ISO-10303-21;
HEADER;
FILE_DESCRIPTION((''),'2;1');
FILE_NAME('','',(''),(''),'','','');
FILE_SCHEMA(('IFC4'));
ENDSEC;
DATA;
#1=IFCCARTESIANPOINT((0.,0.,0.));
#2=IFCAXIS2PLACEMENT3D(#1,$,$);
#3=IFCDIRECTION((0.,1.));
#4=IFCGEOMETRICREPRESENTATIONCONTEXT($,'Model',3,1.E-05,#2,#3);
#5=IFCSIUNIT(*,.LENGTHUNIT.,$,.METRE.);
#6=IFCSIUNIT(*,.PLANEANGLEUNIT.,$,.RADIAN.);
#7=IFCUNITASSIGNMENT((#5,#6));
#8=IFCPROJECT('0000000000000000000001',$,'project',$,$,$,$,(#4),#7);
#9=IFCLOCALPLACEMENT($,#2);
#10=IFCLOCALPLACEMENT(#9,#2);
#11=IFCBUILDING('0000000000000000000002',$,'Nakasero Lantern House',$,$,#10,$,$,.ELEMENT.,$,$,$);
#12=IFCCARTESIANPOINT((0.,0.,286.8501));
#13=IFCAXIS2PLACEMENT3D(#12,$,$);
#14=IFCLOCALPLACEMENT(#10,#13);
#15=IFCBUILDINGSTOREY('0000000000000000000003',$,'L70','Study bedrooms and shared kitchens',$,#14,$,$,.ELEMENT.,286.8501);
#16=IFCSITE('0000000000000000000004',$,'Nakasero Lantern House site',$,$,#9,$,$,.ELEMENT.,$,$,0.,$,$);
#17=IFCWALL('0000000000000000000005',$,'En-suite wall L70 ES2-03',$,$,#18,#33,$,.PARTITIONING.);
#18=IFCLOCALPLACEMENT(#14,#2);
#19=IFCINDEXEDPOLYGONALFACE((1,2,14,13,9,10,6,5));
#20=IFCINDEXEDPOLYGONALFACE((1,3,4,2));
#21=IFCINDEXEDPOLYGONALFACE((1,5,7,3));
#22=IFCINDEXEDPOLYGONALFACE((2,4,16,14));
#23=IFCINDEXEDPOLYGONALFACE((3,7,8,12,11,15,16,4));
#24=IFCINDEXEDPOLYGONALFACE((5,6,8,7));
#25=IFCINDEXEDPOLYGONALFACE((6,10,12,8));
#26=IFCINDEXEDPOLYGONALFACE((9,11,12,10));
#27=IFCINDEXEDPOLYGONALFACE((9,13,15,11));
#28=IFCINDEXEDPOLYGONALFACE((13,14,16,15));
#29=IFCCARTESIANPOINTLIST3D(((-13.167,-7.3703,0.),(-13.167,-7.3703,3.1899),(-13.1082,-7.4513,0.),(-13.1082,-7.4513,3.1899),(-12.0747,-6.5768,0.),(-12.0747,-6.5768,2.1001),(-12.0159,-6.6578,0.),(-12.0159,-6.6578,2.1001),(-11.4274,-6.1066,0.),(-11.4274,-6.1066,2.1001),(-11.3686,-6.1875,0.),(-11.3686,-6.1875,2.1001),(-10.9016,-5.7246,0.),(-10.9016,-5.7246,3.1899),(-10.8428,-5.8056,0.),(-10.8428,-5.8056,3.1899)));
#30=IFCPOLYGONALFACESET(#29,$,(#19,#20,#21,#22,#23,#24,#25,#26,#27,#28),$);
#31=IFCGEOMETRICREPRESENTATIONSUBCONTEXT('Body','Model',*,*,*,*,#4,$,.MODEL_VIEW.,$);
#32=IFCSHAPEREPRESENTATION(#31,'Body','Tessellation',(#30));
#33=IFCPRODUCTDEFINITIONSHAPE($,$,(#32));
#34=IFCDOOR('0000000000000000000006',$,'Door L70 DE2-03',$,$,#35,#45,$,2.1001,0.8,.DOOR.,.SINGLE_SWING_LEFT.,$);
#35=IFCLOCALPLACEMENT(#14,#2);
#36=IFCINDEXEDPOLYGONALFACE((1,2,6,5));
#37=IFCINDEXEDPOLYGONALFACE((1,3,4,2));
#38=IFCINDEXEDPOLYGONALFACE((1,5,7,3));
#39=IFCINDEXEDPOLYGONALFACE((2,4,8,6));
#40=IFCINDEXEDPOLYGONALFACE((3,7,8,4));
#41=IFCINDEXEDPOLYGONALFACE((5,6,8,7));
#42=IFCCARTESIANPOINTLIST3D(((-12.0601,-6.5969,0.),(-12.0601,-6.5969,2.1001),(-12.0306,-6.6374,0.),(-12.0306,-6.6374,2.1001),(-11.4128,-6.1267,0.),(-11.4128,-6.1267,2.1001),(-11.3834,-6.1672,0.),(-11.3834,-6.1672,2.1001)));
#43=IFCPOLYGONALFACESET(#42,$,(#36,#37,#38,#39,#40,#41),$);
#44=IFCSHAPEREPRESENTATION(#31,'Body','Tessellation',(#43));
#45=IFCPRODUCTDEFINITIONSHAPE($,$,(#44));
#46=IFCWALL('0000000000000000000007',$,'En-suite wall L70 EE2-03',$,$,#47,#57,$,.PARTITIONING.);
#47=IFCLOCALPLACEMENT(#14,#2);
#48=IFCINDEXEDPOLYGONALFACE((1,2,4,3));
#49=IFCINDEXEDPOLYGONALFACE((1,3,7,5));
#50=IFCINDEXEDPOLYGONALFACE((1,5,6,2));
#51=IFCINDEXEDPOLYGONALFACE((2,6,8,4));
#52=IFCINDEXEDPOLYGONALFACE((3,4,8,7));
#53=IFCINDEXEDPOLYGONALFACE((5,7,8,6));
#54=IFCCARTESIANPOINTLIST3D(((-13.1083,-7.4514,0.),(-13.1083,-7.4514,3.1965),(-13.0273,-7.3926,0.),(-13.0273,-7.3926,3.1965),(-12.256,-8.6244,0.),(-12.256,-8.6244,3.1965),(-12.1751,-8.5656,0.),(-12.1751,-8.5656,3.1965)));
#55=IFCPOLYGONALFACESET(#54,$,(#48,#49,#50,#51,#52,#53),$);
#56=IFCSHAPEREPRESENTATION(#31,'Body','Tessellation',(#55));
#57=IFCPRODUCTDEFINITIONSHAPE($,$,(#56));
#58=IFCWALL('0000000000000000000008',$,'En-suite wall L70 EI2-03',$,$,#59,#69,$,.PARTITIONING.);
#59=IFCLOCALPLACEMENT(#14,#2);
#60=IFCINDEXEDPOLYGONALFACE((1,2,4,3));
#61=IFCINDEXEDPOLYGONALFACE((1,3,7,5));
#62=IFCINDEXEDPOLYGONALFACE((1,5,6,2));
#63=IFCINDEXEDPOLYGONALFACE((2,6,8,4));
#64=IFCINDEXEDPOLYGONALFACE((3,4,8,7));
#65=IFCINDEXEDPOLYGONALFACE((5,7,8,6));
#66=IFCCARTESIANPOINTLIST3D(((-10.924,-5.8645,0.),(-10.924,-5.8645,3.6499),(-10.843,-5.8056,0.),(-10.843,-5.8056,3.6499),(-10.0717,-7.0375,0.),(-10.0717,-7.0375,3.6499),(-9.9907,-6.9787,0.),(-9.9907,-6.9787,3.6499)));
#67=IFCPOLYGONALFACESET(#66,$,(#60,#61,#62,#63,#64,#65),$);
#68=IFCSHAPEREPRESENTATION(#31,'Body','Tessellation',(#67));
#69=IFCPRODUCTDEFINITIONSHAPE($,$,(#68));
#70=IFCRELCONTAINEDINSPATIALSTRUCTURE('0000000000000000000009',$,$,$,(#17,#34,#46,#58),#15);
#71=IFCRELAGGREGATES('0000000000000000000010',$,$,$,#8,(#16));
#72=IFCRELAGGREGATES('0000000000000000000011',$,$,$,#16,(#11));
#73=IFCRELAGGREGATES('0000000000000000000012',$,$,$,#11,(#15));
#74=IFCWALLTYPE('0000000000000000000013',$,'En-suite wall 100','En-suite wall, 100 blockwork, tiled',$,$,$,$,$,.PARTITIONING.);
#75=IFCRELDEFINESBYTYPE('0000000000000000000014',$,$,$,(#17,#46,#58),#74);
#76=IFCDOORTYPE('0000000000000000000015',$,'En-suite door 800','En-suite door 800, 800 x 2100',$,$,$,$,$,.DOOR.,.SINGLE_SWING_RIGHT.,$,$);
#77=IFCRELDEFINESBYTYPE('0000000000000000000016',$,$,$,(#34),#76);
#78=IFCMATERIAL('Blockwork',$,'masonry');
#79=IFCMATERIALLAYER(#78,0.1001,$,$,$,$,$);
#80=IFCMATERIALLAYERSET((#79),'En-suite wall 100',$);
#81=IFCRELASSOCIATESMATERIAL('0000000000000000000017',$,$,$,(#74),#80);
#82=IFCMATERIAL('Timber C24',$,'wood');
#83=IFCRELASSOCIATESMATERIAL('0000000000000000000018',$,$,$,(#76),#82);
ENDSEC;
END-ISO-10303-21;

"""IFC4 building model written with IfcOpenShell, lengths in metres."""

from ifc_helpers import new_model, si_unit, direction, frame, frame_2d, origin, place, context, subcontext, project, spatial, rectangle, extrude, material, layer, layer_set, type_object, element, fill, save


model = new_model("IFC4")

# Units and contexts
model_context = context("Model", 3, precision=1e-05, world=origin(), true_north=direction((0.0, 1.0)))
body_context = subcontext(model_context, "Body", "Model", "MODEL_VIEW")
ifc_project = project(units=[si_unit("LENGTHUNIT", "METRE"), si_unit("PLANEANGLEUNIT", "RADIAN")], contexts=[model_context])

# Site, building, storey
site_placement = place(None, origin())
site = spatial("IfcSite", under=ifc_project, at=site_placement, Name="Nakasero Lantern House site", CompositionType="ELEMENT", RefElevation=0.0)
building_placement = place(site_placement, origin())
building = spatial("IfcBuilding", under=site, at=building_placement, Name="Nakasero Lantern House", CompositionType="ELEMENT")
storey_placement = place(building_placement, frame((0.0, 0.0, 286.8501)))
storey = spatial("IfcBuildingStorey", under=building, at=storey_placement, Name="L70", Description="Study bedrooms and shared kitchens", CompositionType="ELEMENT", Elevation=286.8501)

# Wall, opening, door
ifc_material_1 = material(Name="Blockwork", Category="masonry")
ifc_layer_1 = layer(ifc_material_1, 0.1001)
ifc_layer_set_1 = layer_set([ifc_layer_1], Name="En-suite wall 100")
wall_type_1 = type_object("IfcWallType", Name="En-suite wall 100", Description="En-suite wall, 100 blockwork, tiled", PredefinedType="PARTITIONING", material=ifc_layer_set_1)
wall_1_placement = place(storey_placement, frame((-10.8723, -5.7651, 0.0), z_axis=(0.0, 0.0, 1.0), x_axis=(-0.809041, -0.587752, 0.0)))
wall_1 = element("IfcWall", 1, at=wall_1_placement, inside=storey, type_object=wall_type_1, Name="En-suite wall L70 ES2-03", PredefinedType="PARTITIONING", context=body_context, shape_type="SweptSolid", body=[
    extrude(rectangle(XDim=2.8, YDim=0.1001, at=frame_2d((1.3999, 0.0))), origin(), (0.0, 0.0, 1.0), 3.1899),
])
opening_1_placement = place(wall_1_placement, frame((0.6499, 0.0, 0.0)))
opening_1 = element("IfcOpeningElement", 2, at=opening_1_placement, cuts=wall_1, PredefinedType="OPENING", context=body_context, shape_type="SweptSolid", body=[
    extrude(rectangle(XDim=0.8, YDim=2.1001, at=frame_2d((0.3999, 1.05))), frame((0.0, 0.0701, 0.0), z_axis=(0.0, -1.0, 0.0), x_axis=(1.0, 0.0, 0.0)), (0.0, 0.0, 1.0), 0.1401),
])
ifc_material_2 = material(Name="Timber C24", Category="wood")
door_type_1 = type_object("IfcDoorType", Name="En-suite door 800", Description="En-suite door 800, 800 x 2100", OperationType="SINGLE_SWING_RIGHT", PredefinedType="DOOR", material=ifc_material_2)
door_1_placement = place(opening_1_placement, origin())
door_1 = element("IfcDoor", 3, at=door_1_placement, inside=storey, type_object=door_type_1, Name="Door L70 DE2-03", OperationType="SINGLE_SWING_LEFT", OverallHeight=2.1001, OverallWidth=0.8, PredefinedType="DOOR", context=body_context, shape_type="SweptSolid", body=[
    extrude(rectangle(XDim=0.8, YDim=2.1001, at=frame_2d((0.3999, 1.05))), frame((0.0, 0.0249, 0.0), z_axis=(0.0, -1.0, 0.0), x_axis=(1.0, 0.0, 0.0)), (0.0, 0.0, 1.0), 0.05),
])
fill(opening_1, door_1)

# Walls
wall_2_placement = place(storey_placement, frame((-13.0679, -7.4219, 0.0), z_axis=(0.0, 0.0, 1.0), x_axis=(0.587781, -0.80902, 0.0)))
element("IfcWall", 4, at=wall_2_placement, inside=storey, type_object=wall_type_1, Name="En-suite wall L70 EE2-03", PredefinedType="PARTITIONING", context=body_context, shape_type="SweptSolid", body=[
    extrude(rectangle(XDim=1.45, YDim=0.1001, at=frame_2d((0.7251, 0.0))), origin(), (0.0, 0.0, 1.0), 3.1965),
])
wall_3_placement = place(storey_placement, frame((-10.8835, -5.835, 0.0), z_axis=(0.0, 0.0, 1.0), x_axis=(0.587781, -0.80902, 0.0)))
element("IfcWall", 5, at=wall_3_placement, inside=storey, type_object=wall_type_1, Name="En-suite wall L70 EI2-03", PredefinedType="PARTITIONING", context=body_context, shape_type="SweptSolid", body=[
    extrude(rectangle(XDim=1.45, YDim=0.1001, at=frame_2d((0.7251, 0.0))), origin(), (0.0, 0.0, 1.0), 3.6499),
])

save(model, "model.ifc")
